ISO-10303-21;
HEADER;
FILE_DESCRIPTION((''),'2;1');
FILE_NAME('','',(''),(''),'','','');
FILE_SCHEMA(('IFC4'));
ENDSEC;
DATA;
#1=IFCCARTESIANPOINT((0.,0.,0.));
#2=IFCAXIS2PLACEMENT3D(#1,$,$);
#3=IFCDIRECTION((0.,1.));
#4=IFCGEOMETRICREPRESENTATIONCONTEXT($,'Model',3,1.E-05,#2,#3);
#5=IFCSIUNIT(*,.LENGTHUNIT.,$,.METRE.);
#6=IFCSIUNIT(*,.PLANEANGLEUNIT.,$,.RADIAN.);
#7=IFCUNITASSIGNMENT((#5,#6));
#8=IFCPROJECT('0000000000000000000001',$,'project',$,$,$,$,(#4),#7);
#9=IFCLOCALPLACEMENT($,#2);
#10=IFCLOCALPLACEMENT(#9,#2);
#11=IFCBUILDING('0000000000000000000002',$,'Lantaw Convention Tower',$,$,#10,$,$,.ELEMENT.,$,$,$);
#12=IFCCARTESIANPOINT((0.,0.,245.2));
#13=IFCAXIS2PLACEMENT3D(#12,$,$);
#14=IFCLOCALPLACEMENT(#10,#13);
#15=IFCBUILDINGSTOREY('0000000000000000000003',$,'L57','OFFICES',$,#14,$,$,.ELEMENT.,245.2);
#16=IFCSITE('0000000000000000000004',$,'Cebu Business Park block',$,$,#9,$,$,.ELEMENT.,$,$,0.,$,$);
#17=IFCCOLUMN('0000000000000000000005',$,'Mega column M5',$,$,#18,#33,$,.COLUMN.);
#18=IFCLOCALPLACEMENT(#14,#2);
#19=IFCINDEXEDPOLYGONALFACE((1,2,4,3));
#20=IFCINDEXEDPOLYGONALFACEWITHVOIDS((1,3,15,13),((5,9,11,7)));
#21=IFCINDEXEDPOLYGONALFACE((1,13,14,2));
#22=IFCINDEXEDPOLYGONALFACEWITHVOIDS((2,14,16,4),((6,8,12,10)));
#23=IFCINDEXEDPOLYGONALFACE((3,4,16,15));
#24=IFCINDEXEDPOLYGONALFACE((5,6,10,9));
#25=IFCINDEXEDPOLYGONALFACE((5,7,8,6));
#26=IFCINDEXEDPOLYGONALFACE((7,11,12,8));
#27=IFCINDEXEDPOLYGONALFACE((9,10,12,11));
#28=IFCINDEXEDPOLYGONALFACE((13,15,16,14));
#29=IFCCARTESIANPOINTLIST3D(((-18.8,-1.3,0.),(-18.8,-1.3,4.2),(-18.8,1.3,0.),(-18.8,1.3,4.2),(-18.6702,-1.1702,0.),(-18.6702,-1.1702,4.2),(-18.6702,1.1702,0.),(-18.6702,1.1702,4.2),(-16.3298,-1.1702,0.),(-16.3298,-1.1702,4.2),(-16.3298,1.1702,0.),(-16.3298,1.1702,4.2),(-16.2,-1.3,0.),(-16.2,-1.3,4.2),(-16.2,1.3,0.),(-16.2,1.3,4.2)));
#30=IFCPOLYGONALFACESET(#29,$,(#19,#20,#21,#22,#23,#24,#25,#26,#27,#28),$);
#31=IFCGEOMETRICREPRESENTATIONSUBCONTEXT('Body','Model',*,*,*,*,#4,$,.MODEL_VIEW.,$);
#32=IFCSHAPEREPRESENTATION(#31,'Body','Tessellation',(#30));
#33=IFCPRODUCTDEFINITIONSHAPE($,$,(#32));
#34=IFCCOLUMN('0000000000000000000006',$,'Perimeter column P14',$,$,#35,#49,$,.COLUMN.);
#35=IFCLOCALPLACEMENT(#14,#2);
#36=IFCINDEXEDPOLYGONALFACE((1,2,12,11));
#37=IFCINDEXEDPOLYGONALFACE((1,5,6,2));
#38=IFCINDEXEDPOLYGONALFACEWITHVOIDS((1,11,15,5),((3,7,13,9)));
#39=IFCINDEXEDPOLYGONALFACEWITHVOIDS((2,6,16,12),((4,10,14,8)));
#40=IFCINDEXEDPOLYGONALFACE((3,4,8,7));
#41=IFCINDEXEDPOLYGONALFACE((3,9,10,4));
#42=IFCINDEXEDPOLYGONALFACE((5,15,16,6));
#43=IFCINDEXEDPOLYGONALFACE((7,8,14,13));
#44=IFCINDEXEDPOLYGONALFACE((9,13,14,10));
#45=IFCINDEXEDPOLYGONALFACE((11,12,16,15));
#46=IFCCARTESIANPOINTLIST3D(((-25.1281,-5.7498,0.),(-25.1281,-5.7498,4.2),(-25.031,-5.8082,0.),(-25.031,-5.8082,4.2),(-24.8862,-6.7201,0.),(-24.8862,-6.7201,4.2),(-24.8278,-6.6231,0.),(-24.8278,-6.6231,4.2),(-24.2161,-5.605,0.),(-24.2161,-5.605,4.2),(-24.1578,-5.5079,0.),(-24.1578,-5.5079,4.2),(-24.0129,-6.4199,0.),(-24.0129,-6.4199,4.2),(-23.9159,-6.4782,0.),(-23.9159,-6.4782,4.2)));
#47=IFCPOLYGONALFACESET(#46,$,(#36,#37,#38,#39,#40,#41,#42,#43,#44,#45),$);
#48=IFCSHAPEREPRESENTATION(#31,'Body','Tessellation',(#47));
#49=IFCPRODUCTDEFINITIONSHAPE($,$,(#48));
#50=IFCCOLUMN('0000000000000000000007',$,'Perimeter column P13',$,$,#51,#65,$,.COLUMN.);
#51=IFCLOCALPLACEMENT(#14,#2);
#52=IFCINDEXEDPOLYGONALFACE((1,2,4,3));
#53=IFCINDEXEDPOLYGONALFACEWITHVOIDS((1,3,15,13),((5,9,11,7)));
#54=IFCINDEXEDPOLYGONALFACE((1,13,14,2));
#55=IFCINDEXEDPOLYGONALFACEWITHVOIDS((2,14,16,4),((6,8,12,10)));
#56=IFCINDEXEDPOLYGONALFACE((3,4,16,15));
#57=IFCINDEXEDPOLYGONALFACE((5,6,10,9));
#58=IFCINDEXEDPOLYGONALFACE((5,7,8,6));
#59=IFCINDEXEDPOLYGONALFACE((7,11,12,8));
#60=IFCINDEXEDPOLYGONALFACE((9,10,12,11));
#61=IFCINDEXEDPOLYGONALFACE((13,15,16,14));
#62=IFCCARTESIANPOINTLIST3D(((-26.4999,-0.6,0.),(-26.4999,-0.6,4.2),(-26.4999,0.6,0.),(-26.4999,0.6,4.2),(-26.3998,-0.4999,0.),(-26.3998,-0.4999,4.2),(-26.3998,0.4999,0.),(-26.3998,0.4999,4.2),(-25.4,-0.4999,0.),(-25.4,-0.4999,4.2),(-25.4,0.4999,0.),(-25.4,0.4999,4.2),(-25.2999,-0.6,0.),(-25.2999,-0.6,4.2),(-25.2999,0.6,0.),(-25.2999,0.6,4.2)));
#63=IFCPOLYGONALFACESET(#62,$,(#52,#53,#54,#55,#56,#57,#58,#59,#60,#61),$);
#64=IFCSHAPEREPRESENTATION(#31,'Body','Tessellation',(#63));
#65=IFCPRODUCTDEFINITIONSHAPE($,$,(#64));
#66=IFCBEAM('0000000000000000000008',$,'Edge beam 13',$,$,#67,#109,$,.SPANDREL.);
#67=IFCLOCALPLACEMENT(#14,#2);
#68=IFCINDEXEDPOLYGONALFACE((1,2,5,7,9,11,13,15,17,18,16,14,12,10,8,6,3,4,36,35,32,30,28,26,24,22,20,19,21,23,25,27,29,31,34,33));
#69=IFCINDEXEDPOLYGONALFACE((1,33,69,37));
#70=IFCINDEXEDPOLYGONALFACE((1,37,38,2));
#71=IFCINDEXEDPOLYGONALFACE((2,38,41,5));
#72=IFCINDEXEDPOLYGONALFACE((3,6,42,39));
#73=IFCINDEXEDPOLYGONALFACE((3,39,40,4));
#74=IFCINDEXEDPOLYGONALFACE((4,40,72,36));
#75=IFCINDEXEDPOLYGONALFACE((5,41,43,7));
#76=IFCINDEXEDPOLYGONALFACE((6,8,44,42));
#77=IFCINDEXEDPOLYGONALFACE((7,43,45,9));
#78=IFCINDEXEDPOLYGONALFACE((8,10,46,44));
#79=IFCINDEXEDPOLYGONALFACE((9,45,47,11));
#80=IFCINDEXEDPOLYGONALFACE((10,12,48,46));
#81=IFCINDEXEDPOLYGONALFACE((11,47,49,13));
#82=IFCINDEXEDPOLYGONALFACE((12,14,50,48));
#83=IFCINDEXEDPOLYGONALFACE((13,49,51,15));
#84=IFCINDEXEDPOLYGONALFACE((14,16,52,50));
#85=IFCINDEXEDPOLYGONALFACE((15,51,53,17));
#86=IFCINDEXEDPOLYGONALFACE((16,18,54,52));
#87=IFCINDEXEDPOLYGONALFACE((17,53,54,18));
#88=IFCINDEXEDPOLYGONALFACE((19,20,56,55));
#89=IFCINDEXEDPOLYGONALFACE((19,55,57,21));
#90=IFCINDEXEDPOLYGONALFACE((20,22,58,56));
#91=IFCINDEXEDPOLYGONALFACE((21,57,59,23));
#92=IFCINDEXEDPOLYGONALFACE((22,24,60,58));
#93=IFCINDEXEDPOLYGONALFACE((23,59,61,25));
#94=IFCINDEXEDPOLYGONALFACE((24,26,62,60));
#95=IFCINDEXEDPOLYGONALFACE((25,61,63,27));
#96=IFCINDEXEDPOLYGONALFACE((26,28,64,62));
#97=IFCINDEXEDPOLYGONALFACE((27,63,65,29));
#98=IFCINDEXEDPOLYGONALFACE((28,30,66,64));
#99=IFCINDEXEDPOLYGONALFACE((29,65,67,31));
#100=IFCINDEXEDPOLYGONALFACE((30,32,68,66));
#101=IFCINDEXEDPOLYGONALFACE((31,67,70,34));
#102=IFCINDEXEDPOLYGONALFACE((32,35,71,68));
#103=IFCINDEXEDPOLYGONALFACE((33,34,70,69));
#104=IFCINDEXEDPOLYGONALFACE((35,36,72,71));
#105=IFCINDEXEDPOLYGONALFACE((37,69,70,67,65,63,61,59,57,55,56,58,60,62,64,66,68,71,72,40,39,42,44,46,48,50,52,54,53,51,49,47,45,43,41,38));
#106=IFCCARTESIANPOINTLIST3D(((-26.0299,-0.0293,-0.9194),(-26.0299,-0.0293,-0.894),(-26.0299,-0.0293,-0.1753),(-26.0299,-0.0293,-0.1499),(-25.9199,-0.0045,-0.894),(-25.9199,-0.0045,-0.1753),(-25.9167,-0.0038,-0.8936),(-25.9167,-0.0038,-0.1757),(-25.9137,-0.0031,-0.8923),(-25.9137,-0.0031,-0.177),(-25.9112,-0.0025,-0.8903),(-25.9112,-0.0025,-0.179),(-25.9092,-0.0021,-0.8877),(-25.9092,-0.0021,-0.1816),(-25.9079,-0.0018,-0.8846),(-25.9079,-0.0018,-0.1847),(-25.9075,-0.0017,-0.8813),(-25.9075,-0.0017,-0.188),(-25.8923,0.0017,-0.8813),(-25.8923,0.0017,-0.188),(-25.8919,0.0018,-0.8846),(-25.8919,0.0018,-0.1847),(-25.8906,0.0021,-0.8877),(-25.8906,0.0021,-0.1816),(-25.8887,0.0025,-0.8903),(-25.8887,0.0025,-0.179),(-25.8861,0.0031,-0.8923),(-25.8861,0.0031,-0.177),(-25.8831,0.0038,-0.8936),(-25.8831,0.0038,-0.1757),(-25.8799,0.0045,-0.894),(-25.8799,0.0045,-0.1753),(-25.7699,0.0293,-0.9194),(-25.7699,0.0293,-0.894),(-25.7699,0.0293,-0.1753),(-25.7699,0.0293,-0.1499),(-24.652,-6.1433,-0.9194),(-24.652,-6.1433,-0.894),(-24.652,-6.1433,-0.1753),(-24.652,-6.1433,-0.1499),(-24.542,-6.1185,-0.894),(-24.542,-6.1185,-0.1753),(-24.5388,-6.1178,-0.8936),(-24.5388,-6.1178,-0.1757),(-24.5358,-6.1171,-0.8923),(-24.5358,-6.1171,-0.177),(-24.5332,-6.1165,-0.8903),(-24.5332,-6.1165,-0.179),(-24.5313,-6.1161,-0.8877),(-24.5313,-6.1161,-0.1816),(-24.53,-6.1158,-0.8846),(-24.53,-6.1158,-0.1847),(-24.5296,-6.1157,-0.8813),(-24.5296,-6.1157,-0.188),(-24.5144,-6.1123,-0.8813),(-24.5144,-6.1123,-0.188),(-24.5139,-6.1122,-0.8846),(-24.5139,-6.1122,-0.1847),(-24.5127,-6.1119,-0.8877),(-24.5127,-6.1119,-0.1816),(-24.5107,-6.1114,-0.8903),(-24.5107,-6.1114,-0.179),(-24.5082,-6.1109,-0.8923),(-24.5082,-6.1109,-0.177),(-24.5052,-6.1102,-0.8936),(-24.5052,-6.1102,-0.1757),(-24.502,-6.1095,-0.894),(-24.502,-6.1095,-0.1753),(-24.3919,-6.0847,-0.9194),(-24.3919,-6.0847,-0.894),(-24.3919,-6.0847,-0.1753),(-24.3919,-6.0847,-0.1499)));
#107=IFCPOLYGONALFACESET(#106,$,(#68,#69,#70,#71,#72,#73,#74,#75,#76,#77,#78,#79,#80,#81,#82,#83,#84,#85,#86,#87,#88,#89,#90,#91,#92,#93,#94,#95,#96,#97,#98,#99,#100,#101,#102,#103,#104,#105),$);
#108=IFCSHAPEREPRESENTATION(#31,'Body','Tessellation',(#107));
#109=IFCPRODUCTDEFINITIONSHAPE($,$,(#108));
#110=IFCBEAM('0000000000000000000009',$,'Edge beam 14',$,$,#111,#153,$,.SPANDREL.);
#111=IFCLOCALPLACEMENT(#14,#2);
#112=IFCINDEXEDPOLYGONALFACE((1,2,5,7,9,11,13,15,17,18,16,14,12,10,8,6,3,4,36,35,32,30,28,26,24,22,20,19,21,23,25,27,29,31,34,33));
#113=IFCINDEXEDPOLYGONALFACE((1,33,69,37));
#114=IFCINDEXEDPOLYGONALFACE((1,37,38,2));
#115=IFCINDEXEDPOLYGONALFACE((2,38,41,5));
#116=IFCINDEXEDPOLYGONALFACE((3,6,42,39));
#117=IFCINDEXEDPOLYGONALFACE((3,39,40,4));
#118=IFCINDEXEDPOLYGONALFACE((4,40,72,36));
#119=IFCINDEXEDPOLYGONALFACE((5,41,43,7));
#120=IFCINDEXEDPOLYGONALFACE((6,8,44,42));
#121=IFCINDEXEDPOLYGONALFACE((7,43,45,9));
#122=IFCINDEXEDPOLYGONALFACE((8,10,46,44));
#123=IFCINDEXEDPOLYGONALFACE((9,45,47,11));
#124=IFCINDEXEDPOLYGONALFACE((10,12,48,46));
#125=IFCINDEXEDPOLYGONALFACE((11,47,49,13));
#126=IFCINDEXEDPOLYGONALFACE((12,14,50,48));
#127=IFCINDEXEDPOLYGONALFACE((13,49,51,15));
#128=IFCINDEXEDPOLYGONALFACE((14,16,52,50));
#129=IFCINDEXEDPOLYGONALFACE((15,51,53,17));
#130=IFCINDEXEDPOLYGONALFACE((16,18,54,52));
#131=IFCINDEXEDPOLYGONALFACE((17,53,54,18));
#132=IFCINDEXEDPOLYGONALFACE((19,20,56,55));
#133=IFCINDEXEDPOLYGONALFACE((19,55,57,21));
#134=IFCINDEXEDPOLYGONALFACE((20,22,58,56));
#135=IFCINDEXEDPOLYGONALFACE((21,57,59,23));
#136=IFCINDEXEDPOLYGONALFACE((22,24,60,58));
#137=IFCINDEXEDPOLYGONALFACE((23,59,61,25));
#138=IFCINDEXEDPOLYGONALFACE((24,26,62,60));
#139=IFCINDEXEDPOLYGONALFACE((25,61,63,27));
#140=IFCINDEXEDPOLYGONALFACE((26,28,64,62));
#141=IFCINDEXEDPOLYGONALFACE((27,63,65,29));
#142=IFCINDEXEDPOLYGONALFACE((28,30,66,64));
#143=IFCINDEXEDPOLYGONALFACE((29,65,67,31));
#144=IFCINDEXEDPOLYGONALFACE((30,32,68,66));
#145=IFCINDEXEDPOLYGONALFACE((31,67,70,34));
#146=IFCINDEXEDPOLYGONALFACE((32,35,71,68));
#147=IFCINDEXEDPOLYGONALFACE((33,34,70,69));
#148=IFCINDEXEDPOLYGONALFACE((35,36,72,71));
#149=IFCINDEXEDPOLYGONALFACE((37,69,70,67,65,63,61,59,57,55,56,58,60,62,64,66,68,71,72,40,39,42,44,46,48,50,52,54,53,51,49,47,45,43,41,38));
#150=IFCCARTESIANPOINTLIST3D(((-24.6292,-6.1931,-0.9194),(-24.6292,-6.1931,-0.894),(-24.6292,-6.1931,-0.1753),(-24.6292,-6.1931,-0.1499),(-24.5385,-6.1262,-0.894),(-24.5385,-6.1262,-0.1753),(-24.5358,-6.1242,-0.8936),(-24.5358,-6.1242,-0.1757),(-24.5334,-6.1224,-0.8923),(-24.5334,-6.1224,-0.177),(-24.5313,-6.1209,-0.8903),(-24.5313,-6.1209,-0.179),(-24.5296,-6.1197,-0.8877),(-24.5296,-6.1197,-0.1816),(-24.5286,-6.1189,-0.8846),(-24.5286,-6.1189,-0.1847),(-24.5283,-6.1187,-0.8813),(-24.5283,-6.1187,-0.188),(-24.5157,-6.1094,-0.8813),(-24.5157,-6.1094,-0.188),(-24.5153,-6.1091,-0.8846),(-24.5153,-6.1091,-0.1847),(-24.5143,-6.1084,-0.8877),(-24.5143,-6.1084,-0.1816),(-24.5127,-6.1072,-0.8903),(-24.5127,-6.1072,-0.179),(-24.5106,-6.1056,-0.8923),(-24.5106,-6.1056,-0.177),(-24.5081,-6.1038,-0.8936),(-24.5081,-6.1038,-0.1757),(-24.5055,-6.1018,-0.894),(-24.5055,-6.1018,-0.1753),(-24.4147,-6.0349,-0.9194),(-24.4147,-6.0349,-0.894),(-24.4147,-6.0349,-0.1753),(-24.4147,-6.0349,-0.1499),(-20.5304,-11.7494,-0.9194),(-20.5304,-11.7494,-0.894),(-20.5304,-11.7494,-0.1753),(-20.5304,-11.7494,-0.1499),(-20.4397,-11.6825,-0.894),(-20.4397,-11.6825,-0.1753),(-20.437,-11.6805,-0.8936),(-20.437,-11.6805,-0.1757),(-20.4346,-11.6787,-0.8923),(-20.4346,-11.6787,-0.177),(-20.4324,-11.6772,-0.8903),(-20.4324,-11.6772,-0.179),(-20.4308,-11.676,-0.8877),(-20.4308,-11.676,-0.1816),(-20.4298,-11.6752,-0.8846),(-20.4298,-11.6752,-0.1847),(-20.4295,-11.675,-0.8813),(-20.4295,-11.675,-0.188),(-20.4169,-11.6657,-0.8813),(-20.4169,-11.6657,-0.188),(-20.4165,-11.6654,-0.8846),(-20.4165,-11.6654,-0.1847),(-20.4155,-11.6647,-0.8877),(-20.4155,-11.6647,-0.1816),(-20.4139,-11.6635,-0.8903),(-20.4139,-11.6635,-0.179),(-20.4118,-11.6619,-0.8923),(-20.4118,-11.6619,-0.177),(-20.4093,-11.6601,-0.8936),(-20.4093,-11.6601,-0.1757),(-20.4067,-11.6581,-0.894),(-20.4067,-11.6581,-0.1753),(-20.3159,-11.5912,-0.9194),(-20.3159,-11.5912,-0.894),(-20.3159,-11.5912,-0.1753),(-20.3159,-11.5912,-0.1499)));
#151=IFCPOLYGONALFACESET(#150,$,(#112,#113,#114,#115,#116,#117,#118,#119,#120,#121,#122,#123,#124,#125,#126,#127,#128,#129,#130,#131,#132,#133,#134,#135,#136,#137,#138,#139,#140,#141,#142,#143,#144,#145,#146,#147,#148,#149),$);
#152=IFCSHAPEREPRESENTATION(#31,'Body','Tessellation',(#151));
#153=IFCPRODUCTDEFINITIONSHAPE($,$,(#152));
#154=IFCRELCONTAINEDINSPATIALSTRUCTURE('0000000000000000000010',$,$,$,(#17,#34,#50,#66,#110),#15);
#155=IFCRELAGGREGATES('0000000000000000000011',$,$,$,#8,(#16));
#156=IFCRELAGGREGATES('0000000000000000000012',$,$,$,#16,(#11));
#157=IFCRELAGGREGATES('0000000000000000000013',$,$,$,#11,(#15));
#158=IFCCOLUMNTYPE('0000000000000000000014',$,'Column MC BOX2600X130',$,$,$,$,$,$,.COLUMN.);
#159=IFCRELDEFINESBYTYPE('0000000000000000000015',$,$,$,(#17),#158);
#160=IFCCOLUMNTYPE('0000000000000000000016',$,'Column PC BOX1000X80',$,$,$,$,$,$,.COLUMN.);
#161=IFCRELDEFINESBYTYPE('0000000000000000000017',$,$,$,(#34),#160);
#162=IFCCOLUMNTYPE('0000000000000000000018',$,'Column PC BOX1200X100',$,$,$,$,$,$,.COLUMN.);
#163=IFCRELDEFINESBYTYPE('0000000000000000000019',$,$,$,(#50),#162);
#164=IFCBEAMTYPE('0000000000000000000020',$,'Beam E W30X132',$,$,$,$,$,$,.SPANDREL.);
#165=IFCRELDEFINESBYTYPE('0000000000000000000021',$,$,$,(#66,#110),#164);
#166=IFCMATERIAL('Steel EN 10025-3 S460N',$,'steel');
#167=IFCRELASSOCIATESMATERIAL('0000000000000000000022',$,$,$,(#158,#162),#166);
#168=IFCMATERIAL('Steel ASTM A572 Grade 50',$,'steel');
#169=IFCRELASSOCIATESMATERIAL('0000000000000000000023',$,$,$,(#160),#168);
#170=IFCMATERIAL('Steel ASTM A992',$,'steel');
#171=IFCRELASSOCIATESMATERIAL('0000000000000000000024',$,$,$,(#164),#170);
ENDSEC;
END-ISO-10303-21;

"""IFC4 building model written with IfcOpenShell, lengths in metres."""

from ifc_helpers import new_model, si_unit, direction, frame, origin, origin_2d, place, context, subcontext, project, spatial, rectangle, hollow_rectangle, i_section, extrude, material, material_profile, profile_set, type_object, element, save


model = new_model("IFC4")

# Units and contexts
model_context = context("Model", 3, precision=1e-05, world=origin(), true_north=direction((0.0, 1.0)))
body_context = subcontext(model_context, "Body", "Model", "MODEL_VIEW")
ifc_project = project(units=[si_unit("LENGTHUNIT", "METRE"), si_unit("PLANEANGLEUNIT", "RADIAN")], contexts=[model_context])

# Site, building, storey
site_placement = place(None, origin())
site = spatial("IfcSite", under=ifc_project, at=site_placement, Name="Cebu Business Park block", CompositionType="ELEMENT", RefElevation=0.0)
building_placement = place(site_placement, origin())
building = spatial("IfcBuilding", under=site, at=building_placement, Name="Lantaw Convention Tower", CompositionType="ELEMENT")
storey_placement = place(building_placement, frame((0.0, 0.0, 245.2)))
storey = spatial("IfcBuildingStorey", under=building, at=storey_placement, Name="L57", Description="OFFICES", CompositionType="ELEMENT", Elevation=245.2)

# Columns
ifc_material_1 = material(Name="Steel EN 10025-3 S460N", Category="steel")
ifc_material_profile_1 = material_profile(ifc_material_1, hollow_rectangle(XDim=2.6001, YDim=2.6001, WallThickness=0.1299, at=origin_2d()), Name="BOX2600X130")
ifc_material_2 = material(Name="Concrete C60/75", Category="concrete")
ifc_material_profile_2 = material_profile(ifc_material_2, rectangle(XDim=2.3401, YDim=2.3401, at=origin_2d()), Name="Concrete fill of BOX2600X130")
ifc_profile_set_1 = profile_set([ifc_material_profile_1, ifc_material_profile_2], Name="Steel EN 10025-3 S460N")
column_type_1 = type_object("IfcColumnType", Name="Column MC BOX2600X130", PredefinedType="COLUMN", material=ifc_profile_set_1)
column_1_placement = place(storey_placement, frame((-17.5, 0.0, 0.0), z_axis=(0.0, 0.0, 1.0), x_axis=(1.0, 0.0, 0.0)))
element("IfcColumn", 1, at=column_1_placement, inside=storey, type_object=column_type_1, Name="Mega column M5", PredefinedType="COLUMN", context=body_context, shape_type="SweptSolid", body=[
    extrude(hollow_rectangle(XDim=2.6001, YDim=2.6001, WallThickness=0.1299, at=origin_2d()), origin(), (0.0, 0.0, 1.0), 4.2),
])
ifc_material_3 = material(Name="Steel ASTM A572 Grade 50", Category="steel")
ifc_material_profile_3 = material_profile(ifc_material_3, hollow_rectangle(XDim=1.0, YDim=1.0, WallThickness=0.0801, at=origin_2d()), Name="BOX1000X80")
ifc_material_profile_4 = material_profile(ifc_material_2, rectangle(XDim=0.8401, YDim=0.8401, at=origin_2d()), Name="Concrete fill of BOX1000X80")
ifc_profile_set_2 = profile_set([ifc_material_profile_3, ifc_material_profile_4], Name="Steel ASTM A572 Grade 50")
column_type_2 = type_object("IfcColumnType", Name="Column PC BOX1000X80", PredefinedType="COLUMN", material=ifc_profile_set_2)
column_2_placement = place(storey_placement, frame((-24.522, -6.114, 0.0), z_axis=(0.0, 0.0, 1.0), x_axis=(0.970296, 0.241922, 0.0)))
element("IfcColumn", 2, at=column_2_placement, inside=storey, type_object=column_type_2, Name="Perimeter column P14", PredefinedType="COLUMN", context=body_context, shape_type="SweptSolid", body=[
    extrude(hollow_rectangle(XDim=1.0, YDim=1.0, WallThickness=0.0801, at=origin_2d()), origin(), (0.0, 0.0, 1.0), 4.2),
])
ifc_material_profile_5 = material_profile(ifc_material_1, hollow_rectangle(XDim=1.2, YDim=1.2, WallThickness=0.1001, at=origin_2d()), Name="BOX1200X100")
ifc_material_profile_6 = material_profile(ifc_material_2, rectangle(XDim=1.0, YDim=1.0, at=origin_2d()), Name="Concrete fill of BOX1200X100")
ifc_profile_set_3 = profile_set([ifc_material_profile_5, ifc_material_profile_6], Name="Steel EN 10025-3 S460N")
column_type_3 = type_object("IfcColumnType", Name="Column PC BOX1200X100", PredefinedType="COLUMN", material=ifc_profile_set_3)
column_3_placement = place(storey_placement, frame((-25.8999, 0.0, 0.0), z_axis=(0.0, 0.0, 1.0), x_axis=(1.0, 0.0, 0.0)))
element("IfcColumn", 3, at=column_3_placement, inside=storey, type_object=column_type_3, Name="Perimeter column P13", PredefinedType="COLUMN", context=body_context, shape_type="SweptSolid", body=[
    extrude(hollow_rectangle(XDim=1.2, YDim=1.2, WallThickness=0.1001, at=origin_2d()), origin(), (0.0, 0.0, 1.0), 4.2),
])

# Beams
ifc_material_4 = material(Name="Steel ASTM A992", Category="steel")
ifc_material_profile_7 = material_profile(ifc_material_4, i_section(OverallWidth=0.2666, OverallDepth=0.7695, WebThickness=0.0156, FlangeThickness=0.0254, FilletRadius=0.0127, at=origin_2d()), Name="W30X132")
ifc_profile_set_4 = profile_set([ifc_material_profile_7], Name="Steel ASTM A992")
beam_type_1 = type_object("IfcBeamType", Name="Beam E W30X132", PredefinedType="SPANDREL", material=ifc_profile_set_4)
beam_1_placement = place(storey_placement, frame((-25.8999, 0.0, -0.5347), z_axis=(0.219858, -0.975532, 0.0), x_axis=(0.975532, 0.219858, 0.0)))
element("IfcBeam", 4, at=beam_1_placement, inside=storey, type_object=beam_type_1, Name="Edge beam 13", PredefinedType="SPANDREL", context=body_context, shape_type="SweptSolid", body=[
    extrude(i_section(OverallWidth=0.2666, OverallDepth=0.7695, WebThickness=0.0156, FlangeThickness=0.0254, FilletRadius=0.0127, at=origin_2d()), origin(), (0.0, 0.0, 1.0), 6.2673),
])
beam_2_placement = place(storey_placement, frame((-24.522, -6.114, -0.5347), z_axis=(0.593639, -0.804731, 0.0), x_axis=(0.804731, 0.593639, 0.0)))
element("IfcBeam", 5, at=beam_2_placement, inside=storey, type_object=beam_type_1, Name="Edge beam 14", PredefinedType="SPANDREL", context=body_context, shape_type="SweptSolid", body=[
    extrude(i_section(OverallWidth=0.2666, OverallDepth=0.7695, WebThickness=0.0156, FlangeThickness=0.0254, FilletRadius=0.0127, at=origin_2d()), origin(), (0.0, 0.0, 1.0), 6.9045),
])

save(model, "model.ifc")
